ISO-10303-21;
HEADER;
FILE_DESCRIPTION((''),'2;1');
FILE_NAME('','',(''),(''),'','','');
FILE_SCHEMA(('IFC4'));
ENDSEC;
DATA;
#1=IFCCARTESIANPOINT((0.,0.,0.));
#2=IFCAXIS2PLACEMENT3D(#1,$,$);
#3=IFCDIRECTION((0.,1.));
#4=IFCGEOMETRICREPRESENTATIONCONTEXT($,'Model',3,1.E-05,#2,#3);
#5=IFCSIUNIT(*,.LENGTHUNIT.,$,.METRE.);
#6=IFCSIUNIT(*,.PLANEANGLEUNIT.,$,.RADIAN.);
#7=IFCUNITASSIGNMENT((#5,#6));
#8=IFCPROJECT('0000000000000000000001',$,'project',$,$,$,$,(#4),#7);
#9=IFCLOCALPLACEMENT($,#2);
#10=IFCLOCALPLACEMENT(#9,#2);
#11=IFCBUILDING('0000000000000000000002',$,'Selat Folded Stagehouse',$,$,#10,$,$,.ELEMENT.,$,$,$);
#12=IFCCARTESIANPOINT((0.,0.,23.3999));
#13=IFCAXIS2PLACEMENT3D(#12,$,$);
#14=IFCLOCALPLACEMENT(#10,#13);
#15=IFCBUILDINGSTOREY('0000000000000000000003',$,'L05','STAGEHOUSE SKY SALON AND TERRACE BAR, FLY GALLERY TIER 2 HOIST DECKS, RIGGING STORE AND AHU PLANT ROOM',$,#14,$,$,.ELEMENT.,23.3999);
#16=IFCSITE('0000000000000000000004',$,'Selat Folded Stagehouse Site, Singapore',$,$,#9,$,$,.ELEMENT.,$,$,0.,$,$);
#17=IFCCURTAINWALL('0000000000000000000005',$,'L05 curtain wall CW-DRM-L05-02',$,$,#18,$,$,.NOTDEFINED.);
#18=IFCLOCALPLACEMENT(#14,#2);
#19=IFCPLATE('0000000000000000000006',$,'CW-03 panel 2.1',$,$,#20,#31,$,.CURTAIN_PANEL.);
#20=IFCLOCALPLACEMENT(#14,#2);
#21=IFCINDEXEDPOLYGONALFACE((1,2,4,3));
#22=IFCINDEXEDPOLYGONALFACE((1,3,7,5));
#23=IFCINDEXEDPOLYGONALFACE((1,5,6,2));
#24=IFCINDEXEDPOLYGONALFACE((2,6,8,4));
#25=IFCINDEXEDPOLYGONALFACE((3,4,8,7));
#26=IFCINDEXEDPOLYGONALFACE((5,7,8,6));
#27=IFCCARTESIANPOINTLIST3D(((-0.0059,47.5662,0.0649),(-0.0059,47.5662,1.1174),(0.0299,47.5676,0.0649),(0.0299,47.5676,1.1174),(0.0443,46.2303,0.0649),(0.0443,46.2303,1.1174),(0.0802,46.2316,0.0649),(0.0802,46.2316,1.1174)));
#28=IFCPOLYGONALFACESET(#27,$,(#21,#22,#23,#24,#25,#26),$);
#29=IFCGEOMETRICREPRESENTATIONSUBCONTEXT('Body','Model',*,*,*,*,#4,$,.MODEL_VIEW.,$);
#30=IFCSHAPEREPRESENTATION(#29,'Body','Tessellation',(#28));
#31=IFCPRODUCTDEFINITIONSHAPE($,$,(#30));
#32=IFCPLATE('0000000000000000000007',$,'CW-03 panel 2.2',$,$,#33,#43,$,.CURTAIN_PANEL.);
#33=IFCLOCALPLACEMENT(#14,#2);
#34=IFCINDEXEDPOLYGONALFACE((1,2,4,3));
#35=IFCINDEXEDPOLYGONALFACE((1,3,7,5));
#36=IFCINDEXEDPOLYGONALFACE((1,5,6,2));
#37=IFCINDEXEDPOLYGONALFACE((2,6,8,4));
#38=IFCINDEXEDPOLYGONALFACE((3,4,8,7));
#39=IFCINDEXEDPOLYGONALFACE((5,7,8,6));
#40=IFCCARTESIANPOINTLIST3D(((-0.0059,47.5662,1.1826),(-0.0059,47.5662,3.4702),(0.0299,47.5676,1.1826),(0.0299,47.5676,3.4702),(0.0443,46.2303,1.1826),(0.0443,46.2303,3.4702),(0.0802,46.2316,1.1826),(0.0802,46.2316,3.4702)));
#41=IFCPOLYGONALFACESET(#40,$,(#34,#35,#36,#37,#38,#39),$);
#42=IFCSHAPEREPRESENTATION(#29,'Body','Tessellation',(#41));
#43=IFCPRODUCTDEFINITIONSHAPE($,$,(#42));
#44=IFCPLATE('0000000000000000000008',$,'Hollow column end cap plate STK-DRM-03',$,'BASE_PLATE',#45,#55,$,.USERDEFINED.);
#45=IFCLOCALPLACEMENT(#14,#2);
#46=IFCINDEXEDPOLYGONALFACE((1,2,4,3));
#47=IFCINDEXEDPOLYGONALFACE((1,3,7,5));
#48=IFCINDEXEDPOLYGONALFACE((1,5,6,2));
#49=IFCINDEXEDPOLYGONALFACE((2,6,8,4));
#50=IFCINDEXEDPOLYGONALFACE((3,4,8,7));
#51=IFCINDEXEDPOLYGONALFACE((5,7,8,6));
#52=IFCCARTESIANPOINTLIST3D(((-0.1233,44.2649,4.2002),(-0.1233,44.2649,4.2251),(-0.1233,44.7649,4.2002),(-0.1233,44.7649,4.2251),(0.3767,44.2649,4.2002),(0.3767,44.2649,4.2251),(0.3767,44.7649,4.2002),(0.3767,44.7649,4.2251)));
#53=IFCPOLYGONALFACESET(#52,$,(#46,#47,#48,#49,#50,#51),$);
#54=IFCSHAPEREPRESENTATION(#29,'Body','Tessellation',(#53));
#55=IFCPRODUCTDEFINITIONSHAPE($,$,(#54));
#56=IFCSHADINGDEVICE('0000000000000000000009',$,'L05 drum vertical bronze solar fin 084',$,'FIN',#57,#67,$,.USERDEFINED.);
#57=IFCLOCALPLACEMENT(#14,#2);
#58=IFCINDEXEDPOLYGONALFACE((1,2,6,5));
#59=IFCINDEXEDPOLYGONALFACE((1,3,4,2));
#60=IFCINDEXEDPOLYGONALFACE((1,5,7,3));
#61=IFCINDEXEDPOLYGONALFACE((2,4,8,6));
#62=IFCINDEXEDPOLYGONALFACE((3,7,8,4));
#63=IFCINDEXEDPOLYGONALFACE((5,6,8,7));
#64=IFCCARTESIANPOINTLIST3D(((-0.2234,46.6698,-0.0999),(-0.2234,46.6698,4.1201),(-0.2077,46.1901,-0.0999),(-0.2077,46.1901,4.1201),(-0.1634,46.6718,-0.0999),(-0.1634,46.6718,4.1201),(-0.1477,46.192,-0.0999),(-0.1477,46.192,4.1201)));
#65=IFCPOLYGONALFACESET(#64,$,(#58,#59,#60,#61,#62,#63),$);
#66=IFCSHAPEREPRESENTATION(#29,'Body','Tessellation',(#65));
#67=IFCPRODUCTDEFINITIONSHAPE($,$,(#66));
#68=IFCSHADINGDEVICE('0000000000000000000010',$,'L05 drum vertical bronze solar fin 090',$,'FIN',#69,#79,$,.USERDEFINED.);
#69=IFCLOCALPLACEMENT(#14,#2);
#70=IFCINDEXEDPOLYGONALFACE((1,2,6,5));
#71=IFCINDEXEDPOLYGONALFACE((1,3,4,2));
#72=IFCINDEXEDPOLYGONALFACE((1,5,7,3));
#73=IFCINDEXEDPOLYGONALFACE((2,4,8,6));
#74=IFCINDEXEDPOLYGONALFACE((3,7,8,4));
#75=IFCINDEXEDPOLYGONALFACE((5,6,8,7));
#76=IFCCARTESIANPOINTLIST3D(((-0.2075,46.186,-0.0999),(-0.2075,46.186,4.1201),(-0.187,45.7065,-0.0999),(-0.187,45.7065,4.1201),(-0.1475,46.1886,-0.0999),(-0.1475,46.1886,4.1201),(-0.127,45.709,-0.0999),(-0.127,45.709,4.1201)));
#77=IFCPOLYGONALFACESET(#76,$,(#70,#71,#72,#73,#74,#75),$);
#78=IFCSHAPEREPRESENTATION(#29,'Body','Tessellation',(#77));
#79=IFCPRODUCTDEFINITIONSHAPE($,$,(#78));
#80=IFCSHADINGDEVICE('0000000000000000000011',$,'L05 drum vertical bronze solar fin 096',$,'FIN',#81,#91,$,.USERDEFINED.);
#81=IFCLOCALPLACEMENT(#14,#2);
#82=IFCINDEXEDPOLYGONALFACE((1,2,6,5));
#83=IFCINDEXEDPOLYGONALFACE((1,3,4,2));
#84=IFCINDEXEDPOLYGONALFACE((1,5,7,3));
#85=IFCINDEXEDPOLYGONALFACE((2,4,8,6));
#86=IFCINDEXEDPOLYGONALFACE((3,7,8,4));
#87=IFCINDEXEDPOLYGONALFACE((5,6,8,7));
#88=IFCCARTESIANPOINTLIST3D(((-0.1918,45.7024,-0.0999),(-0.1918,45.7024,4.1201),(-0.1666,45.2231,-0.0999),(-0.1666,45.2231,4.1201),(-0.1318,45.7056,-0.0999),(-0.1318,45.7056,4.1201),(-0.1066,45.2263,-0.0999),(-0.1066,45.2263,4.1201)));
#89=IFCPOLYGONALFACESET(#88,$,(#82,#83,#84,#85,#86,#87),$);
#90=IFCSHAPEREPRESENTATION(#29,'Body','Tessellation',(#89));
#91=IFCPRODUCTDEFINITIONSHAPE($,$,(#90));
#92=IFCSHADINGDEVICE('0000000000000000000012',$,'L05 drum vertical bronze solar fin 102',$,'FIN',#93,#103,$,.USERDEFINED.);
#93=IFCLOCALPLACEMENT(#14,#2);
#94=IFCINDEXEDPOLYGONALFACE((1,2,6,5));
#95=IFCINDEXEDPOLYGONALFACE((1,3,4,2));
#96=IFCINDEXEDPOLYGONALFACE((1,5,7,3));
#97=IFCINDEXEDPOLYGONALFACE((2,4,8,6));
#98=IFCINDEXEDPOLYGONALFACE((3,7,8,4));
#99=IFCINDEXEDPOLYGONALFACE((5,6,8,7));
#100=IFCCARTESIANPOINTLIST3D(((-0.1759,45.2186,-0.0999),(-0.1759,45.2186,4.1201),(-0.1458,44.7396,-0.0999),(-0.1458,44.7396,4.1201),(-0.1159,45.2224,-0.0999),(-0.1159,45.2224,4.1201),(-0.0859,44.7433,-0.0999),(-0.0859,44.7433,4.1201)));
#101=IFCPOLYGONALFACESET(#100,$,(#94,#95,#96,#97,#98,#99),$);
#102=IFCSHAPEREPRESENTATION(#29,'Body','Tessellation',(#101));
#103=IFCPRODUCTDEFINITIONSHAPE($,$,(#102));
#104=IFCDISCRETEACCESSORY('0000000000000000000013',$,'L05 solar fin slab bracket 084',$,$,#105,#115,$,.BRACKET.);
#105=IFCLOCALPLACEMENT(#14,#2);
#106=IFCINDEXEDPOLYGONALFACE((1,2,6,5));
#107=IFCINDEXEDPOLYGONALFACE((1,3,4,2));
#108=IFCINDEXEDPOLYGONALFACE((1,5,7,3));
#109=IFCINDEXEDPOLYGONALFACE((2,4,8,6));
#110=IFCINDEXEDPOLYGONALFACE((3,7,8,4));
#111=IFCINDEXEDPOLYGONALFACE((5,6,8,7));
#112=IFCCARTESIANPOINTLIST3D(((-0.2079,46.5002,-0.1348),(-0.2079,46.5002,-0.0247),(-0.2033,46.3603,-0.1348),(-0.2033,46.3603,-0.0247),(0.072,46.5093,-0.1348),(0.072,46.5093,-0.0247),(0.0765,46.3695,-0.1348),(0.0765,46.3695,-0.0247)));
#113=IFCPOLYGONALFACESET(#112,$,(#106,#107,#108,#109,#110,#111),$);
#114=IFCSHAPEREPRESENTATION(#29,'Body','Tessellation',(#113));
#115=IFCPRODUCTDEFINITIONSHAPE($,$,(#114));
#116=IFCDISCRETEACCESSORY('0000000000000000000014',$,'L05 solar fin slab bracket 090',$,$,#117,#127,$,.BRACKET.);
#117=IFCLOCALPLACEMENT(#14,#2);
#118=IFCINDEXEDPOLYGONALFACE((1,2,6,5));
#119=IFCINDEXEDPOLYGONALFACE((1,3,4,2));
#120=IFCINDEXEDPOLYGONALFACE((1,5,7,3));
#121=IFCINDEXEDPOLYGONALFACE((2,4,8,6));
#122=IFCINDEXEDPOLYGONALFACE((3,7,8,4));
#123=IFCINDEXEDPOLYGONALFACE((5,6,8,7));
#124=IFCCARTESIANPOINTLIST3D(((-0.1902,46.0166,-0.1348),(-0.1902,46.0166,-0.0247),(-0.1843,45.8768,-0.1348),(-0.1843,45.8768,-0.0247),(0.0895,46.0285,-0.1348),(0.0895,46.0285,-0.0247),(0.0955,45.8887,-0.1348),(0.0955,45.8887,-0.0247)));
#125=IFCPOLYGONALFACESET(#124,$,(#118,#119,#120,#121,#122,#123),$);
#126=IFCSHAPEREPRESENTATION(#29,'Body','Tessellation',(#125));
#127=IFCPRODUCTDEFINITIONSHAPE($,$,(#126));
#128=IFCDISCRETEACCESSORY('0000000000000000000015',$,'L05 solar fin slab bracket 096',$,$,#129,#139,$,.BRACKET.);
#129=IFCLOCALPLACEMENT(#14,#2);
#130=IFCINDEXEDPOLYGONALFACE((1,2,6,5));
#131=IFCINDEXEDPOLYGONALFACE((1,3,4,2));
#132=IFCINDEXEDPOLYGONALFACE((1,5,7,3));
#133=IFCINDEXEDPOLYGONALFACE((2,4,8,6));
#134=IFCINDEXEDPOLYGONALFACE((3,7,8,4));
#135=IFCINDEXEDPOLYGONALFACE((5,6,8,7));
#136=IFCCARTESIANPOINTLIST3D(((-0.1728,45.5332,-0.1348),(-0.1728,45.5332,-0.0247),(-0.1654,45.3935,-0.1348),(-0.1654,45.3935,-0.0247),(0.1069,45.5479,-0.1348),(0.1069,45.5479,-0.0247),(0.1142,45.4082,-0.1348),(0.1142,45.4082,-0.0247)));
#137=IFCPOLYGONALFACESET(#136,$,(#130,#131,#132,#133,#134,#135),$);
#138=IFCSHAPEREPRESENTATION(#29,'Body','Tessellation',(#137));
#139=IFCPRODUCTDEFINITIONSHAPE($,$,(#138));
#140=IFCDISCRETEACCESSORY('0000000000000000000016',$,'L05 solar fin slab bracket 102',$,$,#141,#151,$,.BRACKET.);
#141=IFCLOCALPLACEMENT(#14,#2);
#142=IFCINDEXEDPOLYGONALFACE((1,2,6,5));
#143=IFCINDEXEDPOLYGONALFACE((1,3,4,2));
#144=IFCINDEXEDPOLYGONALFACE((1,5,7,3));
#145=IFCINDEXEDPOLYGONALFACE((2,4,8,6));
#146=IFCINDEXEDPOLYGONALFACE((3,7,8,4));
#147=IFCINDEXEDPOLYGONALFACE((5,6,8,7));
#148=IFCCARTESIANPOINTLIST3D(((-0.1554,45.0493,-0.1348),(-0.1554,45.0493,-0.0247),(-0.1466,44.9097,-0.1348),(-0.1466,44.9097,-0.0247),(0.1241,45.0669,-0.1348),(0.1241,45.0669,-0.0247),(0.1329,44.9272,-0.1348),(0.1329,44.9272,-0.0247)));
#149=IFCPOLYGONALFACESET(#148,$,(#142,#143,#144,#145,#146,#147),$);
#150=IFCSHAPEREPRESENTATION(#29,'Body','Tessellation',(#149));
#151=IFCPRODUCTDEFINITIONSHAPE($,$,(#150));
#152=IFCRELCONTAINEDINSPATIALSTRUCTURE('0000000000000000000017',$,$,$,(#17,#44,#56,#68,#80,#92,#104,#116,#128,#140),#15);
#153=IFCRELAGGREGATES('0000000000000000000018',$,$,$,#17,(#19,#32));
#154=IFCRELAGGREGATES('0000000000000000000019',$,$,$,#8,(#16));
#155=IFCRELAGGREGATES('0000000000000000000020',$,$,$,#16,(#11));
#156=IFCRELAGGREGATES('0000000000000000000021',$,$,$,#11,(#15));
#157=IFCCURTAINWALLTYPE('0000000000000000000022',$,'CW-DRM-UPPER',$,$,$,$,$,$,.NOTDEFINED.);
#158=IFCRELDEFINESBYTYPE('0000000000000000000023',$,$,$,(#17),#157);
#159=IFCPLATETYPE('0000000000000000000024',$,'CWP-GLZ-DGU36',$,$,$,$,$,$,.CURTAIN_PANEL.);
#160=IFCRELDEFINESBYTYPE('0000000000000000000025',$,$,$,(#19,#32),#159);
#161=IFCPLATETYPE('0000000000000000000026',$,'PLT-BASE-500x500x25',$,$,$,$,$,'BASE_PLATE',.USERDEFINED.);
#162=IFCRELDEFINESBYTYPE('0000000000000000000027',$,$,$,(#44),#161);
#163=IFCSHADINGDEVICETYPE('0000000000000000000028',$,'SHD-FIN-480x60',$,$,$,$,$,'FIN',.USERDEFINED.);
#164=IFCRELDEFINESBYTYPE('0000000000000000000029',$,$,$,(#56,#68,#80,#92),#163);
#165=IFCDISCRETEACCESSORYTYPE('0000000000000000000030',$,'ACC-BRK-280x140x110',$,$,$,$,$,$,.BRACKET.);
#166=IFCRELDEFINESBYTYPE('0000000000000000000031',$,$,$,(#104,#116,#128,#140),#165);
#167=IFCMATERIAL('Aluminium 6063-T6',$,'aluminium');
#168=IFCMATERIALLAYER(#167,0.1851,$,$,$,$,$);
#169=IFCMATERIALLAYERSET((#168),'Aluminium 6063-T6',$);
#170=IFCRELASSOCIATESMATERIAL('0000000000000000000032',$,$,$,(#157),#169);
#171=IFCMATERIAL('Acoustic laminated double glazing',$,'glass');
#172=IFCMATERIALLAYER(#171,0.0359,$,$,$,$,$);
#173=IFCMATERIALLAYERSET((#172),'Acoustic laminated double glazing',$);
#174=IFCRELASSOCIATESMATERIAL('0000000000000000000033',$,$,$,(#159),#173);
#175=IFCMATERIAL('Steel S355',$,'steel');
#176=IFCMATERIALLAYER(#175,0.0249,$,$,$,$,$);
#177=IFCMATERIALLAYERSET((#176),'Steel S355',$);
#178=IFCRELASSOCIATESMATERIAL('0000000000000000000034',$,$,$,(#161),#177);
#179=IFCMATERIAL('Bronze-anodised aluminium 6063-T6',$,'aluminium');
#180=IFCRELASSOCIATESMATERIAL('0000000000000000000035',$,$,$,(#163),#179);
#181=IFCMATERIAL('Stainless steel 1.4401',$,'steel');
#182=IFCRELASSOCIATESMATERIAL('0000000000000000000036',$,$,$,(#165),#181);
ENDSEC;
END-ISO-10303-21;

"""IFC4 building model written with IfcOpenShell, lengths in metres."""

from ifc_helpers import new_model, si_unit, direction, frame, origin, origin_2d, place, context, subcontext, project, spatial, rectangle, extrude, material, layer, layer_set, material_profile, profile_set, type_object, element, aggregate, save


model = new_model("IFC4")

# Units and contexts
model_context = context("Model", 3, precision=1e-05, world=origin(), true_north=direction((0.0, 1.0)))
body_context = subcontext(model_context, "Body", "Model", "MODEL_VIEW")
ifc_project = project(units=[si_unit("LENGTHUNIT", "METRE"), si_unit("PLANEANGLEUNIT", "RADIAN")], contexts=[model_context])

# Site, building, storey
site_placement = place(None, origin())
site = spatial("IfcSite", under=ifc_project, at=site_placement, Name="Selat Folded Stagehouse Site, Singapore", CompositionType="ELEMENT", RefElevation=0.0)
building_placement = place(site_placement, origin())
building = spatial("IfcBuilding", under=site, at=building_placement, Name="Selat Folded Stagehouse", CompositionType="ELEMENT")
storey_placement = place(building_placement, frame((0.0, 0.0, 23.3999)))
storey = spatial("IfcBuildingStorey", under=building, at=storey_placement, Name="L05", Description="STAGEHOUSE SKY SALON AND TERRACE BAR, FLY GALLERY TIER 2 HOIST DECKS, RIGGING STORE AND AHU PLANT ROOM", CompositionType="ELEMENT", Elevation=23.3999)

# Curtain wall
ifc_material_1 = material(Name="Aluminium 6063-T6", Category="aluminium")
ifc_layer_1 = layer(ifc_material_1, 0.1851)
ifc_layer_set_1 = layer_set([ifc_layer_1], Name="Aluminium 6063-T6")
curtain_wall_type = type_object("IfcCurtainWallType", Name="CW-DRM-UPPER", PredefinedType="NOTDEFINED", material=ifc_layer_set_1)
curtain_wall_placement = place(storey_placement, origin())
curtain_wall = element("IfcCurtainWall", 1, at=curtain_wall_placement, inside=storey, type_object=curtain_wall_type, Name="L05 curtain wall CW-DRM-L05-02", PredefinedType="NOTDEFINED")

# Shared definitions
ifc_material_2 = material(Name="Steel S355", Category="steel")

# Plates
ifc_material_3 = material(Name="Acoustic laminated double glazing", Category="glass")
ifc_layer_2 = layer(ifc_material_3, 0.0359)
ifc_layer_set_2 = layer_set([ifc_layer_2], Name="Acoustic laminated double glazing")
plate_type_1 = type_object("IfcPlateType", Name="CWP-GLZ-DGU36", PredefinedType="CURTAIN_PANEL", material=ifc_layer_set_2)
plate_1_placement = place(storey_placement, frame((0.0371, 46.8989, 0.0649), z_axis=(0.0, 0.0, 1.0), x_axis=(-0.037574, 0.999294, 0.0)))
plate_1 = element("IfcPlate", 2, at=plate_1_placement, type_object=plate_type_1, Name="CW-03 panel 2.1", PredefinedType="CURTAIN_PANEL", context=body_context, shape_type="SweptSolid", body=[
    extrude(rectangle(XDim=1.3369, YDim=0.0359, at=origin_2d()), origin(), (0.0, 0.0, 1.0), 1.0525),
])
plate_2_placement = place(storey_placement, frame((0.0371, 46.8989, 1.1826), z_axis=(0.0, 0.0, 1.0), x_axis=(-0.037574, 0.999294, 0.0)))
plate_2 = element("IfcPlate", 3, at=plate_2_placement, type_object=plate_type_1, Name="CW-03 panel 2.2", PredefinedType="CURTAIN_PANEL", context=body_context, shape_type="SweptSolid", body=[
    extrude(rectangle(XDim=1.3369, YDim=0.0359, at=origin_2d()), origin(), (0.0, 0.0, 1.0), 2.2876),
])
aggregate(curtain_wall, [plate_1, plate_2])
ifc_layer_3 = layer(ifc_material_2, 0.0249)
ifc_layer_set_3 = layer_set([ifc_layer_3], Name="Steel S355")
plate_type_2 = type_object("IfcPlateType", Name="PLT-BASE-500x500x25", ElementType="BASE_PLATE", PredefinedType="USERDEFINED", material=ifc_layer_set_3)
plate_3_placement = place(storey_placement, frame((0.1267, 44.5149, 4.2002), z_axis=(0.0, 0.0, 1.0), x_axis=(1.0, 0.0, 0.0)))
element("IfcPlate", 4, at=plate_3_placement, inside=storey, type_object=plate_type_2, Name="Hollow column end cap plate STK-DRM-03", ObjectType="BASE_PLATE", PredefinedType="USERDEFINED", context=body_context, shape_type="SweptSolid", body=[
    extrude(rectangle(XDim=0.5, YDim=0.5, at=origin_2d()), origin(), (0.0, 0.0, 1.0), 0.0249),
])

# Shading devices
ifc_material_4 = material(Name="Bronze-anodised aluminium 6063-T6", Category="aluminium")
ifc_material_profile_1 = material_profile(ifc_material_4, rectangle(XDim=0.0601, YDim=0.48, at=origin_2d()), Name="SOLAR-FIN 480x60")
ifc_profile_set_1 = profile_set([ifc_material_profile_1], Name="Bronze-anodised aluminium 6063-T6")
shading_device_type = type_object("IfcShadingDeviceType", Name="SHD-FIN-480x60", ElementType="FIN", PredefinedType="USERDEFINED", material=ifc_profile_set_1)
for number, where, z_axis, x_axis, name in (
    (5, (-0.1855, 46.4309, -0.0999), (0.0, 0.0, 1.0), (-0.999467, -0.032632, 0.0), "L05 drum vertical bronze solar fin 084"),
    (6, (-0.1672, 45.9475, -0.0999), (0.0, 0.0, 1.0), (-0.999093, -0.042573, 0.0), "L05 drum vertical bronze solar fin 090"),
    (7, (-0.1492, 45.4644, -0.0999), (0.0, 0.0, 1.0), (-0.99862, -0.05251, 0.0), "L05 drum vertical bronze solar fin 096"),
    (8, (-0.1309, 44.981, -0.0999), (0.0, 0.0, 1.0), (-0.998038, -0.062616, 0.0), "L05 drum vertical bronze solar fin 102"),
):
    element("IfcShadingDevice", number, at=place(storey_placement, frame(where, z_axis=z_axis, x_axis=x_axis)), inside=storey, type_object=shading_device_type, Name=name, ObjectType="FIN", PredefinedType="USERDEFINED", context=body_context, shape_type="SweptSolid", body=[
        extrude(rectangle(XDim=0.0601, YDim=0.48, at=origin_2d()), origin(), (0.0, 0.0, 1.0), 4.22),
    ])

# Discrete accessories
ifc_material_5 = material(Name="Stainless steel 1.4401", Category="steel")
discrete_accessory_type = type_object("IfcDiscreteAccessoryType", Name="ACC-BRK-280x140x110", PredefinedType="BRACKET", material=ifc_material_5)
for number, where, z_axis, x_axis, name in (
    (9, (-0.0657, 46.4348, -0.1348), (0.0, 0.0, 1.0), (-0.999467, -0.032632, 0.0), "L05 solar fin slab bracket 084"),
    (10, (-0.0474, 45.9526, -0.1348), (0.0, 0.0, 1.0), (-0.999093, -0.042573, 0.0), "L05 solar fin slab bracket 090"),
    (11, (-0.0293, 45.4707, -0.1348), (0.0, 0.0, 1.0), (-0.99862, -0.05251, 0.0), "L05 solar fin slab bracket 096"),
    (12, (-0.0112, 44.9883, -0.1348), (0.0, 0.0, 1.0), (-0.998038, -0.062616, 0.0), "L05 solar fin slab bracket 102"),
):
    element("IfcDiscreteAccessory", number, at=place(storey_placement, frame(where, z_axis=z_axis, x_axis=x_axis)), inside=storey, type_object=discrete_accessory_type, Name=name, PredefinedType="BRACKET", context=body_context, shape_type="SweptSolid", body=[
        extrude(rectangle(XDim=0.28, YDim=0.1399, at=origin_2d()), origin(), (0.0, 0.0, 1.0), 0.1101),
    ])

save(model, "model.ifc")
